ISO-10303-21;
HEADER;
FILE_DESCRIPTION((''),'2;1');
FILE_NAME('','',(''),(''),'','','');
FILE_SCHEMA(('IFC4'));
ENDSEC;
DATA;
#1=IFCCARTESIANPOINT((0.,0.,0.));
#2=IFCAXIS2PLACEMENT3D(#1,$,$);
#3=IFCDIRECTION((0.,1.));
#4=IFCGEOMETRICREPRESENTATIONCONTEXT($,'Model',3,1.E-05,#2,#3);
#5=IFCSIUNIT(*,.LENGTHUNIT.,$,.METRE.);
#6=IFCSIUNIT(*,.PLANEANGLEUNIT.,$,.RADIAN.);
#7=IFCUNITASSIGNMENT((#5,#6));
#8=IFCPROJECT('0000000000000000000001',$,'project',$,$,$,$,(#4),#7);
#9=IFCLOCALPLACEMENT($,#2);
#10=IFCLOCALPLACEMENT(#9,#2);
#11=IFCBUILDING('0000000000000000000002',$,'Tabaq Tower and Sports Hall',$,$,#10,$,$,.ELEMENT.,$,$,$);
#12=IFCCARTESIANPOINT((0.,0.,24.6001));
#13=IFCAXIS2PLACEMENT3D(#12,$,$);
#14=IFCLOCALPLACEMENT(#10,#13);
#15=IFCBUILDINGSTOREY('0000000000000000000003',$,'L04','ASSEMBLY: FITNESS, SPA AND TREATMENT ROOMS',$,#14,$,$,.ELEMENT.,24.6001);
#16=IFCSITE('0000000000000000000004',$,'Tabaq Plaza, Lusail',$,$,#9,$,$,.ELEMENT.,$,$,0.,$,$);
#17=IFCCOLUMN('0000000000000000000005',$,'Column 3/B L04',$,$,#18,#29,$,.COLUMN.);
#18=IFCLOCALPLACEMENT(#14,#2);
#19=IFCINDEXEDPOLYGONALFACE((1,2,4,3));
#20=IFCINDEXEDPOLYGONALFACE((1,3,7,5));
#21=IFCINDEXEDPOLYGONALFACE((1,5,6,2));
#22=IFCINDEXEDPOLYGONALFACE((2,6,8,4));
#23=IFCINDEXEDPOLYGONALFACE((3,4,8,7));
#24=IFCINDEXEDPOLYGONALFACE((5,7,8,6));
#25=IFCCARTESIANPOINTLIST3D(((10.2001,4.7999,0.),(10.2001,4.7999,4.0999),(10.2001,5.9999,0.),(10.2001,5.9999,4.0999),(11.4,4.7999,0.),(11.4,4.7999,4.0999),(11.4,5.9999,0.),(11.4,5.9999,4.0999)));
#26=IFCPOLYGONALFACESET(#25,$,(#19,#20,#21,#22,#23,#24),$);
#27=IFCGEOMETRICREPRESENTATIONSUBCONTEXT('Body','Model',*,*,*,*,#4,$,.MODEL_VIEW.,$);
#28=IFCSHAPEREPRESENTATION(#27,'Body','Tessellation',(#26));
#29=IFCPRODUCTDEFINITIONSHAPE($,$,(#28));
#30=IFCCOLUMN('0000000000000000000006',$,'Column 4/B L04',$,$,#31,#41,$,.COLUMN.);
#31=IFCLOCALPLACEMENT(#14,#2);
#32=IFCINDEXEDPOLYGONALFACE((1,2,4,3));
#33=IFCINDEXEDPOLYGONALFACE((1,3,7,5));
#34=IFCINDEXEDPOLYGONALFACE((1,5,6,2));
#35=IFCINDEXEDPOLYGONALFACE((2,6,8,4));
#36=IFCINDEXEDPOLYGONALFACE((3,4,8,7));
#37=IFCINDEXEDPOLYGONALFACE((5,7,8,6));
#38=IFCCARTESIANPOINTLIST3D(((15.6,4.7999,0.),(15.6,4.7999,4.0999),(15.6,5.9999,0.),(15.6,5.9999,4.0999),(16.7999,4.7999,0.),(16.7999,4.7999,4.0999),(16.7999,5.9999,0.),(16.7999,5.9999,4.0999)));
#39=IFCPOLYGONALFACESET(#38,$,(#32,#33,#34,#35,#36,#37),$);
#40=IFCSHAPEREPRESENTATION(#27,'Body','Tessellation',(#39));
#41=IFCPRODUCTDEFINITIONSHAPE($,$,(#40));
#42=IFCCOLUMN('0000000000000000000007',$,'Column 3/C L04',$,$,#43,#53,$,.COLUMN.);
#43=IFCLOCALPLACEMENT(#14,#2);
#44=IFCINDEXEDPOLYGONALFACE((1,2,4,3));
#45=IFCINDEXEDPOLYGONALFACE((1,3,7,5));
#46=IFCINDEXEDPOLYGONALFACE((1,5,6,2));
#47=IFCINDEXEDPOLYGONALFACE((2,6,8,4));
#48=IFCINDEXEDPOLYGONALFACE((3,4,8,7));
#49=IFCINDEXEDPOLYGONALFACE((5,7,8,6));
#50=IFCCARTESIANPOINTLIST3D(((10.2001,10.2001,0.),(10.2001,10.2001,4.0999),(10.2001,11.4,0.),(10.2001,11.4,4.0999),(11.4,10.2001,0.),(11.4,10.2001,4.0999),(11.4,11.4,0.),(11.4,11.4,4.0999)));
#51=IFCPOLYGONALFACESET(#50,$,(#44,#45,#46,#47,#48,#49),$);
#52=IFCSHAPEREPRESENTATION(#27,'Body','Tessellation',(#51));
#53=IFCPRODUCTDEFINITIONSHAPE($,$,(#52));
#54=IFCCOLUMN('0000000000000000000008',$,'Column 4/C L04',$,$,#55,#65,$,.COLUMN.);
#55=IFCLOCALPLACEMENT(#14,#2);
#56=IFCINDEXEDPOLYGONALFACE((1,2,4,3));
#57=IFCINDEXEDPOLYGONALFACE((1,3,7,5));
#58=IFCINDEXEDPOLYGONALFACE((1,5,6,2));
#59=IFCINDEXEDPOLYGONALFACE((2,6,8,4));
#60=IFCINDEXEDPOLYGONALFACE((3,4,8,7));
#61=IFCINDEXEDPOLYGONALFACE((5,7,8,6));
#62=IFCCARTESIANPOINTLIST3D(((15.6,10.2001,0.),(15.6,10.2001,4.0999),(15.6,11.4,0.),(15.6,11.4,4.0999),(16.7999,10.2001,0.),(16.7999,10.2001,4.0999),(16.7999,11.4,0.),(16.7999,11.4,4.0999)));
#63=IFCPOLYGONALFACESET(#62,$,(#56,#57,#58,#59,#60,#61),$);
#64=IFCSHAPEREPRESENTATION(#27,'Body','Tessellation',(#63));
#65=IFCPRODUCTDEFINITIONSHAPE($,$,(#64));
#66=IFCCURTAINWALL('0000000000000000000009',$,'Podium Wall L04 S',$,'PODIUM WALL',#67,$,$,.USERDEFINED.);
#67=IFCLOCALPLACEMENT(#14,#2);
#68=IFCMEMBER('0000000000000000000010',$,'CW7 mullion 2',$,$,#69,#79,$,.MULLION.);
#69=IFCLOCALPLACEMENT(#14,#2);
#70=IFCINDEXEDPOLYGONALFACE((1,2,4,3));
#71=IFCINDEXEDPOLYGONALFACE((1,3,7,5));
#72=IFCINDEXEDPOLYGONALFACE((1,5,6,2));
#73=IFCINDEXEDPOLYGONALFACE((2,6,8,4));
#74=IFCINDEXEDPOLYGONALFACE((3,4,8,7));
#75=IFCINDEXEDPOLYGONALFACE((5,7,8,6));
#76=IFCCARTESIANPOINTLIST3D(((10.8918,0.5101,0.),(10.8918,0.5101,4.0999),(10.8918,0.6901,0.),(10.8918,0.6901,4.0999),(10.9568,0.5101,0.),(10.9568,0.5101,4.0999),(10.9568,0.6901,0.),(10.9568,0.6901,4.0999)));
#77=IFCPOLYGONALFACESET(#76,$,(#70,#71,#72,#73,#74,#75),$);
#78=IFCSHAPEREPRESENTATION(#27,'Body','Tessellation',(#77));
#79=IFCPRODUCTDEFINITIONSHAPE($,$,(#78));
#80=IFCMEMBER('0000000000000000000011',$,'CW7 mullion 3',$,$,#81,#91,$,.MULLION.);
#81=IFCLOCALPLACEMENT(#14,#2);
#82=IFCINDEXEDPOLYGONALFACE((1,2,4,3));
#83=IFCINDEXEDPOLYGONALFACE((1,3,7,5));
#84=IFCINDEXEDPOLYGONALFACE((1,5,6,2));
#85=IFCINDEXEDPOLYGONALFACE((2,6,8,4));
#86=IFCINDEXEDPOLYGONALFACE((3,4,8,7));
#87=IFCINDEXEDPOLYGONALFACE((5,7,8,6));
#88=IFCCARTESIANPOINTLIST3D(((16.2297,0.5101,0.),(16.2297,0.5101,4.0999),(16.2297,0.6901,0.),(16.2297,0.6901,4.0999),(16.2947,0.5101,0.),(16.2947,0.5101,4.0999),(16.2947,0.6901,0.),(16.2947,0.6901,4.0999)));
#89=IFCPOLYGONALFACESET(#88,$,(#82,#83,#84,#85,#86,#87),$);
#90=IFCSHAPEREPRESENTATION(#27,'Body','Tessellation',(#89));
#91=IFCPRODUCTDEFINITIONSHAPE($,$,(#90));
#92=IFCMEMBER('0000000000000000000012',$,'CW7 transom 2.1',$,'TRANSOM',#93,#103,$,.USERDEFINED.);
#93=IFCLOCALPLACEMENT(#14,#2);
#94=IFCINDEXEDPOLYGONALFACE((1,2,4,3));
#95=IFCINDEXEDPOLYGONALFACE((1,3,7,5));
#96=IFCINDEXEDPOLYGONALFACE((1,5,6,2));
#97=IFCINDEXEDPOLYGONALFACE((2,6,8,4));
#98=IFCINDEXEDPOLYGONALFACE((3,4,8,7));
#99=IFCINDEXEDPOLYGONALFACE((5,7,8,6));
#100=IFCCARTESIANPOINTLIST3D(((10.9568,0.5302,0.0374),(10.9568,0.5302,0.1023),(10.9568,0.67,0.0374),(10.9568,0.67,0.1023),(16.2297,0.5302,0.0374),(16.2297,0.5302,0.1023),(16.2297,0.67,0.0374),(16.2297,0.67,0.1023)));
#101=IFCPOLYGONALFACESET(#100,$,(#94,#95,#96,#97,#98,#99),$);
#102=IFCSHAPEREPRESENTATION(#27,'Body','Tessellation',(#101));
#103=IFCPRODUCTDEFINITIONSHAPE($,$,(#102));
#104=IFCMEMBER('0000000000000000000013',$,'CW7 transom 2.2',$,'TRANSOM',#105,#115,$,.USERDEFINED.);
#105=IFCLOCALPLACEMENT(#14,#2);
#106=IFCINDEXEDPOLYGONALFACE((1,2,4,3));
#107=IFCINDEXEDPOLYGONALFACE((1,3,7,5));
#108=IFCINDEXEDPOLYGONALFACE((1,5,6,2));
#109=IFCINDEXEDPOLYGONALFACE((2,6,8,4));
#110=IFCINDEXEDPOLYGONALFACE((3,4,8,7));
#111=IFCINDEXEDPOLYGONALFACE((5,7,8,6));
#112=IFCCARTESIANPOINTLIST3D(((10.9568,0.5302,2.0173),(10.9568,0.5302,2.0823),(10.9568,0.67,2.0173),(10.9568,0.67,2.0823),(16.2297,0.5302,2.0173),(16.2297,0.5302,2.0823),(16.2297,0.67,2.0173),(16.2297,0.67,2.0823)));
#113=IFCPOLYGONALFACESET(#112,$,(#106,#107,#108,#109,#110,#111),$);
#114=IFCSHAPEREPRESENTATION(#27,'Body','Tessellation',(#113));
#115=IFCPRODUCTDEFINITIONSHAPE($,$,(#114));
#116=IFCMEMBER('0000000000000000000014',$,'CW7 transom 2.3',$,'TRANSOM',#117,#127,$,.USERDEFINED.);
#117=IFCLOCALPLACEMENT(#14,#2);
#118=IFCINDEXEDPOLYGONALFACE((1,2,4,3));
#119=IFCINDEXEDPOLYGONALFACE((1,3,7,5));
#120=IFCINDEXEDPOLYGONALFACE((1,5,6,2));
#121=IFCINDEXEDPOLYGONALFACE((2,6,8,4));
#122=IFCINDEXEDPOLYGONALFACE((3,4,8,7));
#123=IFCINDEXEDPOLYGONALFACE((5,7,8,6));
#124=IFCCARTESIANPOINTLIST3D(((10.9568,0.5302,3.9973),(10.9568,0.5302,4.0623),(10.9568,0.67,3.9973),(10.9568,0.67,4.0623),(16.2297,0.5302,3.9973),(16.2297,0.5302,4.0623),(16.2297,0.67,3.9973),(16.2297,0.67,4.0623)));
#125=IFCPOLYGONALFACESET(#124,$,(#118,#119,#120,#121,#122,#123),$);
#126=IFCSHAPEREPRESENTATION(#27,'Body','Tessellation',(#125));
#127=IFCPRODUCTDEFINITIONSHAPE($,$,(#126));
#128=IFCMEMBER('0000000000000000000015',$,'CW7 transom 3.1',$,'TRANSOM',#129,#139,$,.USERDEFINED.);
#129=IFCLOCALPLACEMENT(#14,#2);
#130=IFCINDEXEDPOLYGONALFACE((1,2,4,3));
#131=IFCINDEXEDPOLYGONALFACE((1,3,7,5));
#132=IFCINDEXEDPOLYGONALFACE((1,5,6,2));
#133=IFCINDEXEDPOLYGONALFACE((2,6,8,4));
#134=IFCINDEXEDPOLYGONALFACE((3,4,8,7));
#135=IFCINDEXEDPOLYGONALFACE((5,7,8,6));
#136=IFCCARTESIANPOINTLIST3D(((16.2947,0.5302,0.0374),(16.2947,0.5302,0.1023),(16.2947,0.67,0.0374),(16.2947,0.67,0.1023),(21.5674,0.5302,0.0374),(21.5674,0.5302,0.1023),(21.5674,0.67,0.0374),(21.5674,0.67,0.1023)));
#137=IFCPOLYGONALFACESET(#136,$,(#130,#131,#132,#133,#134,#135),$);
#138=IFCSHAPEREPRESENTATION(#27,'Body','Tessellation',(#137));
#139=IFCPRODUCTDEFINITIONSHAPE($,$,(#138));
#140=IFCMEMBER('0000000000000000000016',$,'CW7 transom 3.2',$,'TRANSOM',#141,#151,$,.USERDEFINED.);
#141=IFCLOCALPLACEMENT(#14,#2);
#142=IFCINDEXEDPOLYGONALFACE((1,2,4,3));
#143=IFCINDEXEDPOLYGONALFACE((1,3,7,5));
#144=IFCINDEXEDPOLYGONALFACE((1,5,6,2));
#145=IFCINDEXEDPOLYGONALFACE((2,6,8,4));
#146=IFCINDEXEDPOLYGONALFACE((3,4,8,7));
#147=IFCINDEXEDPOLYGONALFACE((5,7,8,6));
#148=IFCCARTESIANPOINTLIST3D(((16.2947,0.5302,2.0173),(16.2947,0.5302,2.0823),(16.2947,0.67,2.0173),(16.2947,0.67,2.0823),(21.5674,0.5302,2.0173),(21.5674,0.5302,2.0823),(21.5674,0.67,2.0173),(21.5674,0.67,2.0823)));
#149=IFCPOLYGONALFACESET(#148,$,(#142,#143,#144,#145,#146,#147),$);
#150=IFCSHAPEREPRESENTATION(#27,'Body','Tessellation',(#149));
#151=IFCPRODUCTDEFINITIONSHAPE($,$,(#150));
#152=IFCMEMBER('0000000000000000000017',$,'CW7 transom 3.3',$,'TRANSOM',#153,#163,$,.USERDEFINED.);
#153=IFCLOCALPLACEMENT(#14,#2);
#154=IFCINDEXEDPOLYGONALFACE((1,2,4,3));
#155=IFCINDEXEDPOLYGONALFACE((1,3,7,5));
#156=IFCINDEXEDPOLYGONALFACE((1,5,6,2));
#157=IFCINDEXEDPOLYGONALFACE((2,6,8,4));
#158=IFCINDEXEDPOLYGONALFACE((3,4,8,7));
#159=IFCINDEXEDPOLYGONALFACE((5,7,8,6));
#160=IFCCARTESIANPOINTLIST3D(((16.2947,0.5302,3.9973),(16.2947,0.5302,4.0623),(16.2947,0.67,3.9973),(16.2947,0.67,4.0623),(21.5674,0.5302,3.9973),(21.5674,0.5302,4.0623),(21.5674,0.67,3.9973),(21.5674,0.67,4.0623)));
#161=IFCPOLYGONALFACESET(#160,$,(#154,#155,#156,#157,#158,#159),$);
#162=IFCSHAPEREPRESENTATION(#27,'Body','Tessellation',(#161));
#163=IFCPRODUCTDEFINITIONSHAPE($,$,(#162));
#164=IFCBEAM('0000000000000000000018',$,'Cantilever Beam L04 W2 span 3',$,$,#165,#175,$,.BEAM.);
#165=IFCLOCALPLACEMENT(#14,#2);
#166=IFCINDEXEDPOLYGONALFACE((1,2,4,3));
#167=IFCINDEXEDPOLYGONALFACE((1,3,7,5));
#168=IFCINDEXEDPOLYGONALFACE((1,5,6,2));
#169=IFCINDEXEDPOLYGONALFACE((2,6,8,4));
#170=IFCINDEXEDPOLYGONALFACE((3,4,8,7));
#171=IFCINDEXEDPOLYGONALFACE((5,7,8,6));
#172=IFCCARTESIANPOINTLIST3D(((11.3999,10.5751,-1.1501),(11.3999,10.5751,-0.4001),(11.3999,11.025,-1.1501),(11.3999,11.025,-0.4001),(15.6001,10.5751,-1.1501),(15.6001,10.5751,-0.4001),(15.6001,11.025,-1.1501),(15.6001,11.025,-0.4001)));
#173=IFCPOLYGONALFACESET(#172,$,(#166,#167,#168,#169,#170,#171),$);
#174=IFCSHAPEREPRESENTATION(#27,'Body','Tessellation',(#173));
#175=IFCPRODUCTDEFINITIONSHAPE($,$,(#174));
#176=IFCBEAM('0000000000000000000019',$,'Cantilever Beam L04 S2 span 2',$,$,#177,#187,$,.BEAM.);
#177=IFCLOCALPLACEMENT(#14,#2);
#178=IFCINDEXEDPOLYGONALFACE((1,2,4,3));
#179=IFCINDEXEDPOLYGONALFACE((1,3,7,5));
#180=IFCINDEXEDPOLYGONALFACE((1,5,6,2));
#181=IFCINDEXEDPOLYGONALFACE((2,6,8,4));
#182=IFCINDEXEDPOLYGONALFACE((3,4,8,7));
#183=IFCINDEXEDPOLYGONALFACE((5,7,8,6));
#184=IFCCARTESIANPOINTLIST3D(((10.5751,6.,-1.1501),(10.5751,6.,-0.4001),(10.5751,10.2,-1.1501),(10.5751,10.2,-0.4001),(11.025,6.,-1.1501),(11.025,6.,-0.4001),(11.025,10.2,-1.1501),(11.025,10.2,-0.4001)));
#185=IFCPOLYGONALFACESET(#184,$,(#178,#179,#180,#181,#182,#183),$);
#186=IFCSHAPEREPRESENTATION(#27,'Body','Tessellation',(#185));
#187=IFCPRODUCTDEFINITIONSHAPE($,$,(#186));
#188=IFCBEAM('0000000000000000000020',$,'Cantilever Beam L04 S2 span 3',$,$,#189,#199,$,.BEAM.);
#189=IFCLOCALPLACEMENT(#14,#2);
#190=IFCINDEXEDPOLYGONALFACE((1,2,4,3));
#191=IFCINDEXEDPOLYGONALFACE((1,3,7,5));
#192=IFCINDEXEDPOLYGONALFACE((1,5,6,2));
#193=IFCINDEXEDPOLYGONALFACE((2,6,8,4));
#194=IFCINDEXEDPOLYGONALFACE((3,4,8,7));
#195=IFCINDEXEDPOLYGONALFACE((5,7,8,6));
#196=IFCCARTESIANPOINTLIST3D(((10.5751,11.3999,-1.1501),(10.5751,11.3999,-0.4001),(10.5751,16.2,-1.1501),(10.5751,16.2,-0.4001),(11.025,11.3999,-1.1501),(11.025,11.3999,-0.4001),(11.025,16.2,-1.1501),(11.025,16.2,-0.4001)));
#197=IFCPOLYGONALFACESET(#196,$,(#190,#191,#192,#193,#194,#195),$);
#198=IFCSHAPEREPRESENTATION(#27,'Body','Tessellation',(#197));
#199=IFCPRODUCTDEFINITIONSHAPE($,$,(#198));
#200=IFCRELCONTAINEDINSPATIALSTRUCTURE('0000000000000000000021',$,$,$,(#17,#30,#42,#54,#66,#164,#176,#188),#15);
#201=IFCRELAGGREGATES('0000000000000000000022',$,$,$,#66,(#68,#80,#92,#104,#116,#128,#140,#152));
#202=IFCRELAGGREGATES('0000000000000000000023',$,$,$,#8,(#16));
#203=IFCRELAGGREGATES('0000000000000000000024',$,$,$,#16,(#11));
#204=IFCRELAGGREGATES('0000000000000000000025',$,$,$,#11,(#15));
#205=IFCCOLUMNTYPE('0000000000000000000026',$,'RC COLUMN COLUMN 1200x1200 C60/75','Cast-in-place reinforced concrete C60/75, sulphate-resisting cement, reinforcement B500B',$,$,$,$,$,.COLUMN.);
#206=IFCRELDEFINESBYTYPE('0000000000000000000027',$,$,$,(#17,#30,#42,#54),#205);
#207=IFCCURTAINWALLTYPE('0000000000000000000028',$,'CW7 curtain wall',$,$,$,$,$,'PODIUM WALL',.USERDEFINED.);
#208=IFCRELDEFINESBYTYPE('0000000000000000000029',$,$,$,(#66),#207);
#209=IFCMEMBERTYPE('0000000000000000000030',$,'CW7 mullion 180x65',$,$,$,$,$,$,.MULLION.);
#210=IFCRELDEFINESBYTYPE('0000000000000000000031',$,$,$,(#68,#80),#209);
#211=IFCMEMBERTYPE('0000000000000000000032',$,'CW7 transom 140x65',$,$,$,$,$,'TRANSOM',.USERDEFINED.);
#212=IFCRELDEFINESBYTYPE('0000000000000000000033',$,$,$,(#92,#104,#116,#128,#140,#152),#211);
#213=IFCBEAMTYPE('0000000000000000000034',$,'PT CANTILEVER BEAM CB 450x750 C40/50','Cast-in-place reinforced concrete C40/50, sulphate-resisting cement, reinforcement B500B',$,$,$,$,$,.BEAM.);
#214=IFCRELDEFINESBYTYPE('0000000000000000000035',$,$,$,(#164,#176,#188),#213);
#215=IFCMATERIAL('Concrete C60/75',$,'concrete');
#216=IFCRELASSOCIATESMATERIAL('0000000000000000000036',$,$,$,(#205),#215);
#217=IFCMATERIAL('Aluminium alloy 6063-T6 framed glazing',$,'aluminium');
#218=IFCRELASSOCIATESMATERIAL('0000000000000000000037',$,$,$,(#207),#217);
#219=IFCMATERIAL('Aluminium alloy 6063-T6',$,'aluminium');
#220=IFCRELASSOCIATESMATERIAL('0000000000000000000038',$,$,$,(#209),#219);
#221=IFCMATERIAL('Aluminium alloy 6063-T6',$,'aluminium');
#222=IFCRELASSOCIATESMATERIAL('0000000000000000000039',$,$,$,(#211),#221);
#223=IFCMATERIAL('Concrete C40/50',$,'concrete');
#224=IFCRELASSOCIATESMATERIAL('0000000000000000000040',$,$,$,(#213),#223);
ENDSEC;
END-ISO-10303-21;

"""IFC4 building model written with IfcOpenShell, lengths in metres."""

from ifc_helpers import new_model, si_unit, direction, frame, origin, origin_2d, place, context, subcontext, project, spatial, rectangle, extrude, material, material_profile, profile_set, type_object, element, aggregate, save


model = new_model("IFC4")

# Units and contexts
model_context = context("Model", 3, precision=1e-05, world=origin(), true_north=direction((0.0, 1.0)))
body_context = subcontext(model_context, "Body", "Model", "MODEL_VIEW")
ifc_project = project(units=[si_unit("LENGTHUNIT", "METRE"), si_unit("PLANEANGLEUNIT", "RADIAN")], contexts=[model_context])

# Site, building, storey
site_placement = place(None, origin())
site = spatial("IfcSite", under=ifc_project, at=site_placement, Name="Tabaq Plaza, Lusail", CompositionType="ELEMENT", RefElevation=0.0)
building_placement = place(site_placement, origin())
building = spatial("IfcBuilding", under=site, at=building_placement, Name="Tabaq Tower and Sports Hall", CompositionType="ELEMENT")
storey_placement = place(building_placement, frame((0.0, 0.0, 24.6001)))
storey = spatial("IfcBuildingStorey", under=building, at=storey_placement, Name="L04", Description="ASSEMBLY: FITNESS, SPA AND TREATMENT ROOMS", CompositionType="ELEMENT", Elevation=24.6001)

# Columns
ifc_material_1 = material(Name="Concrete C60/75", Category="concrete")
ifc_material_profile_1 = material_profile(ifc_material_1, rectangle(XDim=1.2, YDim=1.2, at=origin_2d()), Name="COLUMN 1200x1200")
ifc_profile_set_1 = profile_set([ifc_material_profile_1], Name="Concrete C60/75")
column_type = type_object("IfcColumnType", Name="RC COLUMN COLUMN 1200x1200 C60/75", Description="Cast-in-place reinforced concrete C60/75, sulphate-resisting cement, reinforcement B500B", PredefinedType="COLUMN", material=ifc_profile_set_1)
for number, where, z_axis, x_axis, name in (
    (1, (10.8, 5.3999, 0.0), (0.0, 0.0, 1.0), (1.0, 0.0, 0.0), "Column 3/B L04"),
    (2, (16.2, 5.3999, 0.0), (0.0, 0.0, 1.0), (1.0, 0.0, 0.0), "Column 4/B L04"),
    (3, (10.8, 10.8, 0.0), (0.0, 0.0, 1.0), (1.0, 0.0, 0.0), "Column 3/C L04"),
    (4, (16.2, 10.8, 0.0), (0.0, 0.0, 1.0), (1.0, 0.0, 0.0), "Column 4/C L04"),
):
    element("IfcColumn", number, at=place(storey_placement, frame(where, z_axis=z_axis, x_axis=x_axis)), inside=storey, type_object=column_type, Name=name, PredefinedType="COLUMN", context=body_context, shape_type="SweptSolid", body=[
        extrude(rectangle(XDim=1.2, YDim=1.2, at=origin_2d()), origin(), (0.0, 0.0, 1.0), 4.0999),
    ])

# Curtain wall, members
ifc_material_2 = material(Name="Aluminium alloy 6063-T6 framed glazing", Category="aluminium")
curtain_wall_type = type_object("IfcCurtainWallType", Name="CW7 curtain wall", ElementType="PODIUM WALL", PredefinedType="USERDEFINED", material=ifc_material_2)
curtain_wall_placement = place(storey_placement, origin())
curtain_wall = element("IfcCurtainWall", 5, at=curtain_wall_placement, inside=storey, type_object=curtain_wall_type, Name="Podium Wall L04 S", ObjectType="PODIUM WALL", PredefinedType="USERDEFINED")
ifc_material_3 = material(Name="Aluminium alloy 6063-T6", Category="aluminium")
ifc_material_profile_2 = material_profile(ifc_material_3, rectangle(XDim=0.1799, YDim=0.0649, at=origin_2d()), Name="MULLION 180x65")
ifc_profile_set_2 = profile_set([ifc_material_profile_2], Name="Aluminium alloy 6063-T6")
member_type_1 = type_object("IfcMemberType", Name="CW7 mullion 180x65", PredefinedType="MULLION", material=ifc_profile_set_2)
member_1_placement = place(storey_placement, frame((10.9243, 0.6001, 0.0), z_axis=(0.0, 0.0, 1.0), x_axis=(0.0, 1.0, 0.0)))
member_1 = element("IfcMember", 6, at=member_1_placement, type_object=member_type_1, Name="CW7 mullion 2", PredefinedType="MULLION", context=body_context, shape_type="SweptSolid", body=[
    extrude(rectangle(XDim=0.1799, YDim=0.0649, at=origin_2d()), origin(), (0.0, 0.0, 1.0), 4.0999),
])
member_2_placement = place(storey_placement, frame((16.2622, 0.6001, 0.0), z_axis=(0.0, 0.0, 1.0), x_axis=(0.0, 1.0, 0.0)))
member_2 = element("IfcMember", 7, at=member_2_placement, type_object=member_type_1, Name="CW7 mullion 3", PredefinedType="MULLION", context=body_context, shape_type="SweptSolid", body=[
    extrude(rectangle(XDim=0.1799, YDim=0.0649, at=origin_2d()), origin(), (0.0, 0.0, 1.0), 4.0999),
])
ifc_material_4 = material(Name="Aluminium alloy 6063-T6", Category="aluminium")
ifc_material_profile_3 = material_profile(ifc_material_4, rectangle(XDim=0.1399, YDim=0.0649, at=origin_2d()), Name="TRANSOM 140x65")
ifc_profile_set_3 = profile_set([ifc_material_profile_3], Name="Aluminium alloy 6063-T6")
member_type_2 = type_object("IfcMemberType", Name="CW7 transom 140x65", ElementType="TRANSOM", PredefinedType="USERDEFINED", material=ifc_profile_set_3)
member_3_placement = place(storey_placement, frame((10.9568, 0.6001, 0.0698), z_axis=(1.0, 0.0, 0.0), x_axis=(0.0, 1.0, 0.0)))
member_3 = element("IfcMember", 8, at=member_3_placement, type_object=member_type_2, Name="CW7 transom 2.1", ObjectType="TRANSOM", PredefinedType="USERDEFINED", context=body_context, shape_type="SweptSolid", body=[
    extrude(rectangle(XDim=0.1399, YDim=0.0649, at=origin_2d()), origin(), (0.0, 0.0, 1.0), 5.2729),
])
member_4_placement = place(storey_placement, frame((10.9568, 0.6001, 2.0498), z_axis=(1.0, 0.0, 0.0), x_axis=(0.0, 1.0, 0.0)))
member_4 = element("IfcMember", 9, at=member_4_placement, type_object=member_type_2, Name="CW7 transom 2.2", ObjectType="TRANSOM", PredefinedType="USERDEFINED", context=body_context, shape_type="SweptSolid", body=[
    extrude(rectangle(XDim=0.1399, YDim=0.0649, at=origin_2d()), origin(), (0.0, 0.0, 1.0), 5.2729),
])
member_5_placement = place(storey_placement, frame((10.9568, 0.6001, 4.0298), z_axis=(1.0, 0.0, 0.0), x_axis=(0.0, 1.0, 0.0)))
member_5 = element("IfcMember", 10, at=member_5_placement, type_object=member_type_2, Name="CW7 transom 2.3", ObjectType="TRANSOM", PredefinedType="USERDEFINED", context=body_context, shape_type="SweptSolid", body=[
    extrude(rectangle(XDim=0.1399, YDim=0.0649, at=origin_2d()), origin(), (0.0, 0.0, 1.0), 5.2729),
])
member_6_placement = place(storey_placement, frame((16.2947, 0.6001, 0.0698), z_axis=(1.0, 0.0, 0.0), x_axis=(0.0, 1.0, 0.0)))
member_6 = element("IfcMember", 11, at=member_6_placement, type_object=member_type_2, Name="CW7 transom 3.1", ObjectType="TRANSOM", PredefinedType="USERDEFINED", context=body_context, shape_type="SweptSolid", body=[
    extrude(rectangle(XDim=0.1399, YDim=0.0649, at=origin_2d()), origin(), (0.0, 0.0, 1.0), 5.2727),
])
member_7_placement = place(storey_placement, frame((16.2947, 0.6001, 2.0498), z_axis=(1.0, 0.0, 0.0), x_axis=(0.0, 1.0, 0.0)))
member_7 = element("IfcMember", 12, at=member_7_placement, type_object=member_type_2, Name="CW7 transom 3.2", ObjectType="TRANSOM", PredefinedType="USERDEFINED", context=body_context, shape_type="SweptSolid", body=[
    extrude(rectangle(XDim=0.1399, YDim=0.0649, at=origin_2d()), origin(), (0.0, 0.0, 1.0), 5.2727),
])
member_8_placement = place(storey_placement, frame((16.2947, 0.6001, 4.0298), z_axis=(1.0, 0.0, 0.0), x_axis=(0.0, 1.0, 0.0)))
member_8 = element("IfcMember", 13, at=member_8_placement, type_object=member_type_2, Name="CW7 transom 3.3", ObjectType="TRANSOM", PredefinedType="USERDEFINED", context=body_context, shape_type="SweptSolid", body=[
    extrude(rectangle(XDim=0.1399, YDim=0.0649, at=origin_2d()), origin(), (0.0, 0.0, 1.0), 5.2727),
])

# Beams
ifc_material_5 = material(Name="Concrete C40/50", Category="concrete")
ifc_material_profile_4 = material_profile(ifc_material_5, rectangle(XDim=0.45, YDim=0.75, at=origin_2d()), Name="CB 450x750")
ifc_profile_set_4 = profile_set([ifc_material_profile_4], Name="Concrete C40/50")
beam_type = type_object("IfcBeamType", Name="PT CANTILEVER BEAM CB 450x750 C40/50", Description="Cast-in-place reinforced concrete C40/50, sulphate-resisting cement, reinforcement B500B", PredefinedType="BEAM", material=ifc_profile_set_4)
beam_1_placement = place(storey_placement, frame((11.3999, 10.8, -0.7751), z_axis=(1.0, 0.0, 0.0), x_axis=(0.0, 1.0, 0.0)))
element("IfcBeam", 14, at=beam_1_placement, inside=storey, type_object=beam_type, Name="Cantilever Beam L04 W2 span 3", PredefinedType="BEAM", context=body_context, shape_type="SweptSolid", body=[
    extrude(rectangle(XDim=0.45, YDim=0.75, at=origin_2d()), origin(), (0.0, 0.0, 1.0), 4.2002),
])
beam_2_placement = place(storey_placement, frame((10.8, 6.0, -0.7751), z_axis=(0.0, 1.0, 0.0), x_axis=(-1.0, 0.0, 0.0)))
element("IfcBeam", 15, at=beam_2_placement, inside=storey, type_object=beam_type, Name="Cantilever Beam L04 S2 span 2", PredefinedType="BEAM", context=body_context, shape_type="SweptSolid", body=[
    extrude(rectangle(XDim=0.45, YDim=0.75, at=origin_2d()), origin(), (0.0, 0.0, 1.0), 4.2),
])
beam_3_placement = place(storey_placement, frame((10.8, 11.3999, -0.7751), z_axis=(0.0, 1.0, 0.0), x_axis=(-1.0, 0.0, 0.0)))
element("IfcBeam", 16, at=beam_3_placement, inside=storey, type_object=beam_type, Name="Cantilever Beam L04 S2 span 3", PredefinedType="BEAM", context=body_context, shape_type="SweptSolid", body=[
    extrude(rectangle(XDim=0.45, YDim=0.75, at=origin_2d()), origin(), (0.0, 0.0, 1.0), 4.8),
])

aggregate(curtain_wall, [member_1, member_2, member_3, member_4, member_5, member_6, member_7, member_8])

save(model, "model.ifc")
